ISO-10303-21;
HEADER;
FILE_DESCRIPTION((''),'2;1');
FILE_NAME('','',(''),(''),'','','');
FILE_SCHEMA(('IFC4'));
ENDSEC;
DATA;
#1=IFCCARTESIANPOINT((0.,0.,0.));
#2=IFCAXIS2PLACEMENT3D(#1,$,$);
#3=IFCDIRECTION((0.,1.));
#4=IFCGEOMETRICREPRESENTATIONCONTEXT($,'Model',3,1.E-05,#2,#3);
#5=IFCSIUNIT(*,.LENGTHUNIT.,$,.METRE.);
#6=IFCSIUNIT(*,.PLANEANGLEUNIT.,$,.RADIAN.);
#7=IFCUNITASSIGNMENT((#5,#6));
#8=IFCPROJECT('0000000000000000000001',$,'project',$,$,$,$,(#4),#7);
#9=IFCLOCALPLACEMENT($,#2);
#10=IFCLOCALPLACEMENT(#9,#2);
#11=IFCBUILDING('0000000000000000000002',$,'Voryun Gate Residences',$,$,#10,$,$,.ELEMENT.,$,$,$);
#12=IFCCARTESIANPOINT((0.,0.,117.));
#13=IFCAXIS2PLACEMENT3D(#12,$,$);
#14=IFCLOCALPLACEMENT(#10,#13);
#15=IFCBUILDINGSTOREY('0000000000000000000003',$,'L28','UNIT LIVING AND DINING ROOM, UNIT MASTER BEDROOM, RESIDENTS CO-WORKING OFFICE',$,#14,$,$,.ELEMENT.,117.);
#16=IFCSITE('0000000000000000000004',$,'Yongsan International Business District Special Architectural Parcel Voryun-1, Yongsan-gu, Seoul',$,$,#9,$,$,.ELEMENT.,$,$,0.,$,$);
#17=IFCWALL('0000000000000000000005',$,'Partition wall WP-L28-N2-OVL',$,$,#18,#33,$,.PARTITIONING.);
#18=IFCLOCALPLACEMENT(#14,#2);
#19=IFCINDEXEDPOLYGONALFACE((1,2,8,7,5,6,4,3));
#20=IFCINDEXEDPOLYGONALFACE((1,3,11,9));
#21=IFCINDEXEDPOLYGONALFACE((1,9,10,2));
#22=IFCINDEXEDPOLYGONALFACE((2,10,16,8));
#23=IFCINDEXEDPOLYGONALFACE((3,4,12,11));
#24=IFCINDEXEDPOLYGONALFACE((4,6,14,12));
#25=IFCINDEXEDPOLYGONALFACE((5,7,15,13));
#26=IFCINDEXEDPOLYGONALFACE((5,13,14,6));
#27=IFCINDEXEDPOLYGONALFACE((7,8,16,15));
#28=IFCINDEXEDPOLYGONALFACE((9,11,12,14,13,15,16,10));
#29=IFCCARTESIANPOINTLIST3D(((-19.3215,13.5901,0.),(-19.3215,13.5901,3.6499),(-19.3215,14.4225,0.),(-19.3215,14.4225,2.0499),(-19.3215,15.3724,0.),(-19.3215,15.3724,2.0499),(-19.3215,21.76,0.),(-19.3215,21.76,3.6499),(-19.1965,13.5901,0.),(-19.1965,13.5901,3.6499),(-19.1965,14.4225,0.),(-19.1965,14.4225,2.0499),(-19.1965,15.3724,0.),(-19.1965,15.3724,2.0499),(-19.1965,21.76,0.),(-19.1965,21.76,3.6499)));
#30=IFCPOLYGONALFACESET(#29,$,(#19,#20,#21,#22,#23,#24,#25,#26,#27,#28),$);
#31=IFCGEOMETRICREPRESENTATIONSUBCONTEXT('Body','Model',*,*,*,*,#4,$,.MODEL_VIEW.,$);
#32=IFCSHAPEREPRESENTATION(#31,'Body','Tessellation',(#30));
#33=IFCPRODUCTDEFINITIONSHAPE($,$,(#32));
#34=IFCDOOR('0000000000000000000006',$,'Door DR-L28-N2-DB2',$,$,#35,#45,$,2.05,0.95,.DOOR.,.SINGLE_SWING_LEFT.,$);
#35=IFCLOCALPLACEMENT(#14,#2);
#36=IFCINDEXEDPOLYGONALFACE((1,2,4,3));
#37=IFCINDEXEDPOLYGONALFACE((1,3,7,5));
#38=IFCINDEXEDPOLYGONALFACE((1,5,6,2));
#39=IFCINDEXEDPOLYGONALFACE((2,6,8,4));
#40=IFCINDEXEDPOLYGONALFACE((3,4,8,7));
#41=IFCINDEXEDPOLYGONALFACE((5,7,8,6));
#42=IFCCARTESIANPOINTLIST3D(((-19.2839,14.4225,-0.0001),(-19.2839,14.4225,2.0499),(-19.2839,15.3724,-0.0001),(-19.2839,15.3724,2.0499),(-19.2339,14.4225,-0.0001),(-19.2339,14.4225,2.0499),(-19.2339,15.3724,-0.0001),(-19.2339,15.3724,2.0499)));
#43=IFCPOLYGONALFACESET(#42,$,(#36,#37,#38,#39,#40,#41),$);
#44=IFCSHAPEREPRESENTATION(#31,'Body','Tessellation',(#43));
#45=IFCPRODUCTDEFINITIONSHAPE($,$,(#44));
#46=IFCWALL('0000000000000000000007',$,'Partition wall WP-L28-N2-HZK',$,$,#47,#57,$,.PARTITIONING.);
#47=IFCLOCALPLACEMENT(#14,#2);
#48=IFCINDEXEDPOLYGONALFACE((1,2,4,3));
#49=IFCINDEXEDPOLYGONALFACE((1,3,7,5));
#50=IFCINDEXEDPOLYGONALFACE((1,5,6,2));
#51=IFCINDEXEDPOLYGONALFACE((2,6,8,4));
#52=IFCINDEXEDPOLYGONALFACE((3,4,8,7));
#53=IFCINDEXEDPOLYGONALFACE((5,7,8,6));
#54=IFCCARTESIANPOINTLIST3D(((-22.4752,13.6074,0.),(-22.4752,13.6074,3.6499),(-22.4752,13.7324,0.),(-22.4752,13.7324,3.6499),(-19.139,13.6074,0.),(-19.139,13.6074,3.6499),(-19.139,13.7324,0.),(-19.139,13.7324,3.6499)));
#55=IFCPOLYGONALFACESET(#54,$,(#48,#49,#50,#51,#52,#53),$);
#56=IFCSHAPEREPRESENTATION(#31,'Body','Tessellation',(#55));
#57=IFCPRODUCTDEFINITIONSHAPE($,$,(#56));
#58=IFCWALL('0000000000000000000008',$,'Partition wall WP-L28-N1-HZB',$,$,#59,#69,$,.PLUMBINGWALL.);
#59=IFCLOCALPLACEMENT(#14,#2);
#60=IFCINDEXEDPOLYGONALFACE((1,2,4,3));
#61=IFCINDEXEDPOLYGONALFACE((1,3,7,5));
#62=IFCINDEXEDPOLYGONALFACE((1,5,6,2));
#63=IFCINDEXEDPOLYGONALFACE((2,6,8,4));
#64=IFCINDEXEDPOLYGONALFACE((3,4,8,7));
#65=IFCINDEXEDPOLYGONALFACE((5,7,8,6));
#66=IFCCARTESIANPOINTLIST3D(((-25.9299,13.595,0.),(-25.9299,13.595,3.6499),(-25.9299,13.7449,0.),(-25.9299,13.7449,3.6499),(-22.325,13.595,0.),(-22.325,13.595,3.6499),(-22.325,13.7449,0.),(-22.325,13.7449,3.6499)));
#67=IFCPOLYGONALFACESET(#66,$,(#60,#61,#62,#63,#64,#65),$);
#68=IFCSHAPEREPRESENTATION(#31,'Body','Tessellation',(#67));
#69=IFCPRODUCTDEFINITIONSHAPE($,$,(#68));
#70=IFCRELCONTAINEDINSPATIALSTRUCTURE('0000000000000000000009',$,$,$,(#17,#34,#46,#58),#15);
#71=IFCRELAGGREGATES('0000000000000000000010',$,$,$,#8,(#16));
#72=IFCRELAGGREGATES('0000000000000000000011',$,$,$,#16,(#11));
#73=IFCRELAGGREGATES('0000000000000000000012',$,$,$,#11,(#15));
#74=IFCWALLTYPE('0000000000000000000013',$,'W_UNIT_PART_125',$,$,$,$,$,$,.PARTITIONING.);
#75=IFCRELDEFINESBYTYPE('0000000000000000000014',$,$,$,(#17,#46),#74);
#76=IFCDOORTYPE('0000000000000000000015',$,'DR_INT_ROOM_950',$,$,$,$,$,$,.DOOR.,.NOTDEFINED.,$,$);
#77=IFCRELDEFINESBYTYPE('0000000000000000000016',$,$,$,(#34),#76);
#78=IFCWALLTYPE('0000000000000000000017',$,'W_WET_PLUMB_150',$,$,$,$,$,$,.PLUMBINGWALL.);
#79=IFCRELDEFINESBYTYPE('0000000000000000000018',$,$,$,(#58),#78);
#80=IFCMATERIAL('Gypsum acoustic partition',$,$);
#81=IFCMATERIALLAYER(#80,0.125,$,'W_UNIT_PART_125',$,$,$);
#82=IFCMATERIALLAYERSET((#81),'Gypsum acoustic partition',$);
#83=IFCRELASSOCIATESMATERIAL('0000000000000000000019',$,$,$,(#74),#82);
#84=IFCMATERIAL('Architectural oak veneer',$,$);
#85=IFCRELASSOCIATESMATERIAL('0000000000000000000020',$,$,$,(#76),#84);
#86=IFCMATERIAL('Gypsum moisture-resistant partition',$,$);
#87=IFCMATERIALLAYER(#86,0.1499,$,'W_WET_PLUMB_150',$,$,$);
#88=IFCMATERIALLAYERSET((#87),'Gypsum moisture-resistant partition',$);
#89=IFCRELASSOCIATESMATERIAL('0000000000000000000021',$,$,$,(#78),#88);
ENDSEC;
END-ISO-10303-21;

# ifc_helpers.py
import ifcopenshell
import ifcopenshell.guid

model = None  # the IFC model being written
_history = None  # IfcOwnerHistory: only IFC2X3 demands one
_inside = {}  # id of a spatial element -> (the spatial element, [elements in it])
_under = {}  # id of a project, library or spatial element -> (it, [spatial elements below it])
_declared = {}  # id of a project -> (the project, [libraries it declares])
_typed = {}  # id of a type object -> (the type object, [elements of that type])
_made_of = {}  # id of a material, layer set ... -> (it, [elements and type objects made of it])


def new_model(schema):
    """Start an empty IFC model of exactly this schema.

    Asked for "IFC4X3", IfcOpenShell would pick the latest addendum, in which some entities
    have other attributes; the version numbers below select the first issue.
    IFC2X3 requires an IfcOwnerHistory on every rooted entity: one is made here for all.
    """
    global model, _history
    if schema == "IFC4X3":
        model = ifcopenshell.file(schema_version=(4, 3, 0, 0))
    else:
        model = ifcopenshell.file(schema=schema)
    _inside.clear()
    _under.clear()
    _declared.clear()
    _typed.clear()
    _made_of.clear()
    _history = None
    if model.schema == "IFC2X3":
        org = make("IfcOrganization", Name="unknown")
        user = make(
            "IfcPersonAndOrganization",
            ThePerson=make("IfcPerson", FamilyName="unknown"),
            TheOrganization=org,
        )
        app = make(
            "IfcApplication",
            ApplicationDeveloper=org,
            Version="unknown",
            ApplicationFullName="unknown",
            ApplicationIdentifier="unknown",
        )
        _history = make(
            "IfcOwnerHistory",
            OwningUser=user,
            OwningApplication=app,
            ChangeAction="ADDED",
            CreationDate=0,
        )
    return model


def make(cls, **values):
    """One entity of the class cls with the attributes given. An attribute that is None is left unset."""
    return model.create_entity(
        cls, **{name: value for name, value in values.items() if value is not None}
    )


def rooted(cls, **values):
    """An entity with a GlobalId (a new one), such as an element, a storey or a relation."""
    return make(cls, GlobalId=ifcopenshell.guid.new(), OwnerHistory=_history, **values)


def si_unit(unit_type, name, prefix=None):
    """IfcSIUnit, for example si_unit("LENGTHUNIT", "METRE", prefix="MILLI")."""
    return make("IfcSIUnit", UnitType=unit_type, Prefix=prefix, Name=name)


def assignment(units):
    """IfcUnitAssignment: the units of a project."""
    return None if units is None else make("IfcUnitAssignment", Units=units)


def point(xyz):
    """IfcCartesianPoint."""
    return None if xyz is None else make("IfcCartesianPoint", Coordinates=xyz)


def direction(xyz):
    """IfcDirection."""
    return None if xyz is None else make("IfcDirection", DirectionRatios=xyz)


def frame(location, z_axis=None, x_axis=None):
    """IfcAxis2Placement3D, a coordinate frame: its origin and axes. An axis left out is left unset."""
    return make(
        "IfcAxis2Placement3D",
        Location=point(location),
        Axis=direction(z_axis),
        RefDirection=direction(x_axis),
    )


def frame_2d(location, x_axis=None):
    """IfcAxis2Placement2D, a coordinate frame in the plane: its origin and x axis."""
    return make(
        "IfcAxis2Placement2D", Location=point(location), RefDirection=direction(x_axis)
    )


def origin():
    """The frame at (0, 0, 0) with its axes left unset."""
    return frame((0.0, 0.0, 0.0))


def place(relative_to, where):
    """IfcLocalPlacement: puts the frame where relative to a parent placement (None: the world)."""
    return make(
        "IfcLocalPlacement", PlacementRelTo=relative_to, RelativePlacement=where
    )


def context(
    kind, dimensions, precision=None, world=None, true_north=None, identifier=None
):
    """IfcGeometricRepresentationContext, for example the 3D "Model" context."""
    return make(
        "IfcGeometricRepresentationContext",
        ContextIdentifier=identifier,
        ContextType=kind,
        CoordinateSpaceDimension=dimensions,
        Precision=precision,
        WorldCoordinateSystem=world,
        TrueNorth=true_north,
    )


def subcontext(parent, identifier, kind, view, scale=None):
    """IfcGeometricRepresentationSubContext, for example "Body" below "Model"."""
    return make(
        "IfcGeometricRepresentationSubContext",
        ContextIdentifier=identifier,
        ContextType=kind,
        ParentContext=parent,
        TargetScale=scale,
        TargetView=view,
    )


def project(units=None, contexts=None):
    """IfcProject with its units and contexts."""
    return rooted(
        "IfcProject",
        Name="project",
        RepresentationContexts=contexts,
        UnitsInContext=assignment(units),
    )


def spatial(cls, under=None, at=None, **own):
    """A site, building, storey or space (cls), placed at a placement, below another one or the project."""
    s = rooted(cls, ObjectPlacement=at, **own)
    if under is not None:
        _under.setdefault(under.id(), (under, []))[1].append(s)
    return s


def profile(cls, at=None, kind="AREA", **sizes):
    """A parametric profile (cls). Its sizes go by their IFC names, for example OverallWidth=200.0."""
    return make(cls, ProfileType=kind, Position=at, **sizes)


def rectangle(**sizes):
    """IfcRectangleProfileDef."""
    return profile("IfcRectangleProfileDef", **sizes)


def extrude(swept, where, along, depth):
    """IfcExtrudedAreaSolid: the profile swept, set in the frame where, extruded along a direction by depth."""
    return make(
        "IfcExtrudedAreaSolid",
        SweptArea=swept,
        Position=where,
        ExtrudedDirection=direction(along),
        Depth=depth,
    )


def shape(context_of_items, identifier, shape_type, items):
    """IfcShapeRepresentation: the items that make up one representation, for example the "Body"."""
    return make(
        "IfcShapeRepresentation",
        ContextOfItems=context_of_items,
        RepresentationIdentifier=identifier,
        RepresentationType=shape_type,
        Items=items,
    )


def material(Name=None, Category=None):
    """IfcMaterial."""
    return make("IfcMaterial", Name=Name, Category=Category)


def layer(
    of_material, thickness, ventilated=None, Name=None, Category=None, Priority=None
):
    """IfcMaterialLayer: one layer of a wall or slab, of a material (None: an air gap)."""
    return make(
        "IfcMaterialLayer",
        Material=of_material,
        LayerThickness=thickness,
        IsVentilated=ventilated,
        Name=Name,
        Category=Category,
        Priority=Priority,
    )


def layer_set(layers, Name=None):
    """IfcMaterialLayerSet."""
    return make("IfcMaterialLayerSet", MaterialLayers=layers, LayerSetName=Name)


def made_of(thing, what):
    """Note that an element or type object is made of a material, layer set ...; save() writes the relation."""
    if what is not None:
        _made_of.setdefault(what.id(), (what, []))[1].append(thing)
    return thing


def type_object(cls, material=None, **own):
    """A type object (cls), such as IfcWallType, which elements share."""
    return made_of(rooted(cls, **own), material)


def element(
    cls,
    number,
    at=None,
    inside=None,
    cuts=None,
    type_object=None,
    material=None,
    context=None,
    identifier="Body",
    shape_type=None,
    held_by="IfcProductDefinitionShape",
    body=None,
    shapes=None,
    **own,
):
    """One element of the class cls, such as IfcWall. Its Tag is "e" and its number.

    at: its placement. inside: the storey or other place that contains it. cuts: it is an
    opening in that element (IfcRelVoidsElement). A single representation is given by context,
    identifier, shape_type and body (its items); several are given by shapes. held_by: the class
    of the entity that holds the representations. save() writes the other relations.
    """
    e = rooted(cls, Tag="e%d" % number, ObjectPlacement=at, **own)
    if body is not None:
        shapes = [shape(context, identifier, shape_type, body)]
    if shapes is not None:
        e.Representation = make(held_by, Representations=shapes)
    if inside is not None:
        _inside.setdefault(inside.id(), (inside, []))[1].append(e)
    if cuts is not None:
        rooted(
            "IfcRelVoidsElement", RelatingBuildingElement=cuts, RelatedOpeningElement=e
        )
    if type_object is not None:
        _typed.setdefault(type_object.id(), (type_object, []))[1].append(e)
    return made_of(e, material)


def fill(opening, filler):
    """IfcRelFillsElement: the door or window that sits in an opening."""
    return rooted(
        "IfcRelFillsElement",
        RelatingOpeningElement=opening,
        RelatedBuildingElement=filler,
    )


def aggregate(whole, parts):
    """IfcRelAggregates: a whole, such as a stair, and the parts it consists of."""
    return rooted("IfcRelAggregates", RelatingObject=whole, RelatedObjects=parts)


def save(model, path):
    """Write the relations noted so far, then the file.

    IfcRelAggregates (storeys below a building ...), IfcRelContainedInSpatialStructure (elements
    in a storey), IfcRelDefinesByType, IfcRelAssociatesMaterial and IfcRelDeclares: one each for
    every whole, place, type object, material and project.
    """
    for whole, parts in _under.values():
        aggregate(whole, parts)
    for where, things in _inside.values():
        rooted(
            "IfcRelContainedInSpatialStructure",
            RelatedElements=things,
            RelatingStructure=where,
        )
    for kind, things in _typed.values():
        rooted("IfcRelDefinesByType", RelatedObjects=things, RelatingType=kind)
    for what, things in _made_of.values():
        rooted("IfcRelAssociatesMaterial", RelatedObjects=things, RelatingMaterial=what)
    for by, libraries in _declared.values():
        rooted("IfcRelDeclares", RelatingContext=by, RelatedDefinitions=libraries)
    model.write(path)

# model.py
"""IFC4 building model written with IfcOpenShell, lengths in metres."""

from ifc_helpers import new_model, si_unit, direction, frame, frame_2d, origin, place, context, subcontext, project, spatial, rectangle, extrude, material, layer, layer_set, type_object, element, fill, save


model = new_model("IFC4")

# Units and contexts
model_context = context("Model", 3, precision=1e-05, world=origin(), true_north=direction((0.0, 1.0)))
body_context = subcontext(model_context, "Body", "Model", "MODEL_VIEW")
ifc_project = project(units=[si_unit("LENGTHUNIT", "METRE"), si_unit("PLANEANGLEUNIT", "RADIAN")], contexts=[model_context])

# Site, building, storey
site_placement = place(None, origin())
site = spatial("IfcSite", under=ifc_project, at=site_placement, Name="Yongsan International Business District Special Architectural Parcel Voryun-1, Yongsan-gu, Seoul", CompositionType="ELEMENT", RefElevation=0.0)
building_placement = place(site_placement, origin())
building = spatial("IfcBuilding", under=site, at=building_placement, Name="Voryun Gate Residences", CompositionType="ELEMENT")
storey_placement = place(building_placement, frame((0.0, 0.0, 117.0)))
storey = spatial("IfcBuildingStorey", under=building, at=storey_placement, Name="L28", Description="UNIT LIVING AND DINING ROOM, UNIT MASTER BEDROOM, RESIDENTS CO-WORKING OFFICE", CompositionType="ELEMENT", Elevation=117.0)

# Shared definitions
ifc_material_1 = material(Name="Gypsum acoustic partition")
ifc_layer_1 = layer(ifc_material_1, 0.125, Name="W_UNIT_PART_125")
ifc_layer_set_1 = layer_set([ifc_layer_1], Name="Gypsum acoustic partition")
wall_type_1 = type_object("IfcWallType", Name="W_UNIT_PART_125", PredefinedType="PARTITIONING", material=ifc_layer_set_1)

# Wall, opening, door
wall_1_placement = place(storey_placement, frame((-19.259, 13.5901, 0.0), z_axis=(0.0, 0.0, 1.0), x_axis=(0.0, 1.0, 0.0)))
wall_1 = element("IfcWall", 1, at=wall_1_placement, inside=storey, type_object=wall_type_1, Name="Partition wall WP-L28-N2-OVL", PredefinedType="PARTITIONING", context=body_context, shape_type="SweptSolid", body=[
    extrude(rectangle(XDim=8.1699, YDim=0.125, at=frame_2d((4.085, 0.0))), origin(), (0.0, 0.0, 1.0), 3.6499),
])
opening_1_placement = place(wall_1_placement, frame((0.8323, 0.0, 0.0)))
opening_1 = element("IfcOpeningElement", 2, at=opening_1_placement, cuts=wall_1, PredefinedType="OPENING", context=body_context, shape_type="SweptSolid", body=[
    extrude(rectangle(XDim=0.95, YDim=2.05, at=frame_2d((0.4751, 1.0249))), frame((0.0, 0.0725, 0.0), z_axis=(0.0, -1.0, 0.0), x_axis=(1.0, 0.0, 0.0)), (0.0, 0.0, 1.0), 0.145),
])
ifc_material_2 = material(Name="Architectural oak veneer")
door_type_1 = type_object("IfcDoorType", Name="DR_INT_ROOM_950", OperationType="NOTDEFINED", PredefinedType="DOOR", material=ifc_material_2)
door_1_placement = place(opening_1_placement, origin())
door_1 = element("IfcDoor", 3, at=door_1_placement, inside=storey, type_object=door_type_1, Name="Door DR-L28-N2-DB2", OperationType="SINGLE_SWING_LEFT", OverallHeight=2.05, OverallWidth=0.95, PredefinedType="DOOR", context=body_context, shape_type="SweptSolid", body=[
    extrude(rectangle(XDim=0.95, YDim=2.05, at=frame_2d((0.4751, 1.0249))), frame((0.0, 0.0249, 0.0), z_axis=(0.0, -1.0, 0.0), x_axis=(1.0, 0.0, 0.0)), (0.0, 0.0, 1.0), 0.05),
])
fill(opening_1, door_1)

# Walls
wall_2_placement = place(storey_placement, frame((-22.4751, 13.6699, 0.0), z_axis=(0.0, 0.0, 1.0), x_axis=(1.0, 0.0, 0.0)))
element("IfcWall", 4, at=wall_2_placement, inside=storey, type_object=wall_type_1, Name="Partition wall WP-L28-N2-HZK", PredefinedType="PARTITIONING", context=body_context, shape_type="SweptSolid", body=[
    extrude(rectangle(XDim=3.3362, YDim=0.125, at=frame_2d((1.668, 0.0))), origin(), (0.0, 0.0, 1.0), 3.6499),
])
ifc_material_3 = material(Name="Gypsum moisture-resistant partition")
ifc_layer_2 = layer(ifc_material_3, 0.1499, Name="W_WET_PLUMB_150")
ifc_layer_set_2 = layer_set([ifc_layer_2], Name="Gypsum moisture-resistant partition")
wall_type_2 = type_object("IfcWallType", Name="W_WET_PLUMB_150", PredefinedType="PLUMBINGWALL", material=ifc_layer_set_2)
wall_3_placement = place(storey_placement, frame((-25.9299, 13.6699, 0.0), z_axis=(0.0, 0.0, 1.0), x_axis=(1.0, 0.0, 0.0)))
element("IfcWall", 5, at=wall_3_placement, inside=storey, type_object=wall_type_2, Name="Partition wall WP-L28-N1-HZB", PredefinedType="PLUMBINGWALL", context=body_context, shape_type="SweptSolid", body=[
    extrude(rectangle(XDim=3.605, YDim=0.1499, at=frame_2d((1.8025, 0.0))), origin(), (0.0, 0.0, 1.0), 3.6499),
])

save(model, "model.ifc")
